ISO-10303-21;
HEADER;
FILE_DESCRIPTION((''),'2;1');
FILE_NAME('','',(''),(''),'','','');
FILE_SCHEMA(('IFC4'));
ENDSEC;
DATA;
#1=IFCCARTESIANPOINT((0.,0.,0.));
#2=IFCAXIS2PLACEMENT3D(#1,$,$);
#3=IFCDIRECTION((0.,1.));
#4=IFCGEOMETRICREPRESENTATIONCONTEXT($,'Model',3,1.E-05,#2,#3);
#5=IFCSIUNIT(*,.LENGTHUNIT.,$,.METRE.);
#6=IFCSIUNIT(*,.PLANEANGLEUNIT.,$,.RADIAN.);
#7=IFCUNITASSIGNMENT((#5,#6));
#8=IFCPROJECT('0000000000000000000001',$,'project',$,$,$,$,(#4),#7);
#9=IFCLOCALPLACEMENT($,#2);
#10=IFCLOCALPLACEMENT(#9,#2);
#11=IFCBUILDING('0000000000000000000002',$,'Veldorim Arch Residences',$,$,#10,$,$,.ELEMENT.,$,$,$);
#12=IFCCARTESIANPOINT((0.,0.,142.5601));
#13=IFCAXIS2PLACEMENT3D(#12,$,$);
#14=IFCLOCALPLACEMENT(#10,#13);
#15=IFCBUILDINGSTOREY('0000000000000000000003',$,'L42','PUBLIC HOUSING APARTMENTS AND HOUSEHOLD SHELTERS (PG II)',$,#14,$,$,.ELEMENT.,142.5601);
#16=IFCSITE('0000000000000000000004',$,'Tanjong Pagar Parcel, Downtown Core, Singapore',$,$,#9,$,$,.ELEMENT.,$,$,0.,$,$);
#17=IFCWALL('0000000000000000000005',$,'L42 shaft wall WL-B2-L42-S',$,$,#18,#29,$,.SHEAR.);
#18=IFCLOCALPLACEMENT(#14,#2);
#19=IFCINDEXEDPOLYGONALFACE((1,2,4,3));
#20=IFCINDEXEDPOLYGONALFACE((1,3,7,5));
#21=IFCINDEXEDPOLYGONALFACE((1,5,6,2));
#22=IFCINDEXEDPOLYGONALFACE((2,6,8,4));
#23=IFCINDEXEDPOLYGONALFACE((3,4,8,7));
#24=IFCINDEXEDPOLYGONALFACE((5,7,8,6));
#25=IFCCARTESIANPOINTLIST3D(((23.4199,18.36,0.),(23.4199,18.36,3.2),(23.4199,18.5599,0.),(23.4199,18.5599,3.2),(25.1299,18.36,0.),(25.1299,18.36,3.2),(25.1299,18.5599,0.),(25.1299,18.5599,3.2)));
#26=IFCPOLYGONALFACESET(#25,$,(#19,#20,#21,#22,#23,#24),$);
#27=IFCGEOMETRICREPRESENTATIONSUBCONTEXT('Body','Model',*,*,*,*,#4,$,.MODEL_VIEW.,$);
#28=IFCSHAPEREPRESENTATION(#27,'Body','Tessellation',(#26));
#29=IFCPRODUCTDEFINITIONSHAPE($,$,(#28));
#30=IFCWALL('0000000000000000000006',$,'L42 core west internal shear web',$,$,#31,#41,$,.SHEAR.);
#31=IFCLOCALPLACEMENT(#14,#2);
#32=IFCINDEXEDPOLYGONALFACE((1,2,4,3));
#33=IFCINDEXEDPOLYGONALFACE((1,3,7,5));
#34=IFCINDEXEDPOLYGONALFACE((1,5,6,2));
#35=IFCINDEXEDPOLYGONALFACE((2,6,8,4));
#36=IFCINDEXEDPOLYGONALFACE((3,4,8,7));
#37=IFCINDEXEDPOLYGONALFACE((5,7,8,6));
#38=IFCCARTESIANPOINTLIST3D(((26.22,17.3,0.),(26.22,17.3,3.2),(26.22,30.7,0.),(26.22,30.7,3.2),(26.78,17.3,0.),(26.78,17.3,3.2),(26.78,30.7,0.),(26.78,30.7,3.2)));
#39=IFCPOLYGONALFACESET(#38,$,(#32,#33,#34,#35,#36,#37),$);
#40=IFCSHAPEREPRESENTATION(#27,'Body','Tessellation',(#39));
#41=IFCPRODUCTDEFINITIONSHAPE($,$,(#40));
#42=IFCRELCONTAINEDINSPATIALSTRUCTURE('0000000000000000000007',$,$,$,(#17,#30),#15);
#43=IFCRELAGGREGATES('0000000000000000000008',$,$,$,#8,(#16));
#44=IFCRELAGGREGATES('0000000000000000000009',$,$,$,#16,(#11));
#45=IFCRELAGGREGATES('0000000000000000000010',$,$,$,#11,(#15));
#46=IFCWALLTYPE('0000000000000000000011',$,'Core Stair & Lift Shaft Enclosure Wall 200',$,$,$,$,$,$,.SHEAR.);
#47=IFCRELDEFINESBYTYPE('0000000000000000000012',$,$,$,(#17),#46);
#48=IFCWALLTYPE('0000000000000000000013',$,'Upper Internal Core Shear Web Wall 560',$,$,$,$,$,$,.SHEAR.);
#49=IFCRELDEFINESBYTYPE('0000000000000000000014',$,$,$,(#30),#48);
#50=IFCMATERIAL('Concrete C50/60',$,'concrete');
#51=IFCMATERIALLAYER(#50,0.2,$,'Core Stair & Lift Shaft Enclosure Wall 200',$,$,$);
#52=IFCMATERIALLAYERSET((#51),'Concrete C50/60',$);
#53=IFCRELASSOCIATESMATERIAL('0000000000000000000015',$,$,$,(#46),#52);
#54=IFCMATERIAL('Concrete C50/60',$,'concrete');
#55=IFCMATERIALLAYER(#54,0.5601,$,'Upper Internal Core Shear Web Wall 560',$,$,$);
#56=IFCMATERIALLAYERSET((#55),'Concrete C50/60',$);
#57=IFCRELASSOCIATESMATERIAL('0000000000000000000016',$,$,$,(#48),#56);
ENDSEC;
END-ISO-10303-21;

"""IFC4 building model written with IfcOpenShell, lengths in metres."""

from ifc_helpers import new_model, si_unit, direction, frame, frame_2d, origin, place, context, subcontext, project, spatial, rectangle, extrude, material, layer, layer_set, type_object, element, save


model = new_model("IFC4")

# Units and contexts
model_context = context("Model", 3, precision=1e-05, world=origin(), true_north=direction((0.0, 1.0)))
body_context = subcontext(model_context, "Body", "Model", "MODEL_VIEW")
ifc_project = project(units=[si_unit("LENGTHUNIT", "METRE"), si_unit("PLANEANGLEUNIT", "RADIAN")], contexts=[model_context])

# Site, building, storey
site_placement = place(None, origin())
site = spatial("IfcSite", under=ifc_project, at=site_placement, Name="Tanjong Pagar Parcel, Downtown Core, Singapore", CompositionType="ELEMENT", RefElevation=0.0)
building_placement = place(site_placement, origin())
building = spatial("IfcBuilding", under=site, at=building_placement, Name="Veldorim Arch Residences", CompositionType="ELEMENT")
storey_placement = place(building_placement, frame((0.0, 0.0, 142.5601)))
storey = spatial("IfcBuildingStorey", under=building, at=storey_placement, Name="L42", Description="PUBLIC HOUSING APARTMENTS AND HOUSEHOLD SHELTERS (PG II)", CompositionType="ELEMENT", Elevation=142.5601)

# Wall
ifc_material_1 = material(Name="Concrete C50/60", Category="concrete")
ifc_layer_1 = layer(ifc_material_1, 0.2, Name="Core Stair & Lift Shaft Enclosure Wall 200")
ifc_layer_set_1 = layer_set([ifc_layer_1], Name="Concrete C50/60")
wall_type_1 = type_object("IfcWallType", Name="Core Stair & Lift Shaft Enclosure Wall 200", PredefinedType="SHEAR", material=ifc_layer_set_1)
wall_1_placement = place(storey_placement, frame((23.4199, 18.46, 0.0), z_axis=(0.0, 0.0, 1.0), x_axis=(1.0, 0.0, 0.0)))
element("IfcWall", 1, at=wall_1_placement, inside=storey, type_object=wall_type_1, Name="L42 shaft wall WL-B2-L42-S", PredefinedType="SHEAR", context=body_context, shape_type="SweptSolid", body=[
    extrude(rectangle(XDim=1.71, YDim=0.2, at=frame_2d((0.855, 0.0))), origin(), (0.0, 0.0, 1.0), 3.2),
])

# Wall
ifc_material_2 = material(Name="Concrete C50/60", Category="concrete")
ifc_layer_2 = layer(ifc_material_2, 0.5601, Name="Upper Internal Core Shear Web Wall 560")
ifc_layer_set_2 = layer_set([ifc_layer_2], Name="Concrete C50/60")
wall_type_2 = type_object("IfcWallType", Name="Upper Internal Core Shear Web Wall 560", PredefinedType="SHEAR", material=ifc_layer_set_2)
wall_2_placement = place(storey_placement, frame((26.5, 17.3, 0.0), z_axis=(0.0, 0.0, 1.0), x_axis=(0.0, 1.0, 0.0)))
element("IfcWall", 2, at=wall_2_placement, inside=storey, type_object=wall_type_2, Name="L42 core west internal shear web", PredefinedType="SHEAR", context=body_context, shape_type="SweptSolid", body=[
    extrude(rectangle(XDim=13.3999, YDim=0.5601, at=frame_2d((6.7, 0.0))), origin(), (0.0, 0.0, 1.0), 3.2),
])

save(model, "model.ifc")
